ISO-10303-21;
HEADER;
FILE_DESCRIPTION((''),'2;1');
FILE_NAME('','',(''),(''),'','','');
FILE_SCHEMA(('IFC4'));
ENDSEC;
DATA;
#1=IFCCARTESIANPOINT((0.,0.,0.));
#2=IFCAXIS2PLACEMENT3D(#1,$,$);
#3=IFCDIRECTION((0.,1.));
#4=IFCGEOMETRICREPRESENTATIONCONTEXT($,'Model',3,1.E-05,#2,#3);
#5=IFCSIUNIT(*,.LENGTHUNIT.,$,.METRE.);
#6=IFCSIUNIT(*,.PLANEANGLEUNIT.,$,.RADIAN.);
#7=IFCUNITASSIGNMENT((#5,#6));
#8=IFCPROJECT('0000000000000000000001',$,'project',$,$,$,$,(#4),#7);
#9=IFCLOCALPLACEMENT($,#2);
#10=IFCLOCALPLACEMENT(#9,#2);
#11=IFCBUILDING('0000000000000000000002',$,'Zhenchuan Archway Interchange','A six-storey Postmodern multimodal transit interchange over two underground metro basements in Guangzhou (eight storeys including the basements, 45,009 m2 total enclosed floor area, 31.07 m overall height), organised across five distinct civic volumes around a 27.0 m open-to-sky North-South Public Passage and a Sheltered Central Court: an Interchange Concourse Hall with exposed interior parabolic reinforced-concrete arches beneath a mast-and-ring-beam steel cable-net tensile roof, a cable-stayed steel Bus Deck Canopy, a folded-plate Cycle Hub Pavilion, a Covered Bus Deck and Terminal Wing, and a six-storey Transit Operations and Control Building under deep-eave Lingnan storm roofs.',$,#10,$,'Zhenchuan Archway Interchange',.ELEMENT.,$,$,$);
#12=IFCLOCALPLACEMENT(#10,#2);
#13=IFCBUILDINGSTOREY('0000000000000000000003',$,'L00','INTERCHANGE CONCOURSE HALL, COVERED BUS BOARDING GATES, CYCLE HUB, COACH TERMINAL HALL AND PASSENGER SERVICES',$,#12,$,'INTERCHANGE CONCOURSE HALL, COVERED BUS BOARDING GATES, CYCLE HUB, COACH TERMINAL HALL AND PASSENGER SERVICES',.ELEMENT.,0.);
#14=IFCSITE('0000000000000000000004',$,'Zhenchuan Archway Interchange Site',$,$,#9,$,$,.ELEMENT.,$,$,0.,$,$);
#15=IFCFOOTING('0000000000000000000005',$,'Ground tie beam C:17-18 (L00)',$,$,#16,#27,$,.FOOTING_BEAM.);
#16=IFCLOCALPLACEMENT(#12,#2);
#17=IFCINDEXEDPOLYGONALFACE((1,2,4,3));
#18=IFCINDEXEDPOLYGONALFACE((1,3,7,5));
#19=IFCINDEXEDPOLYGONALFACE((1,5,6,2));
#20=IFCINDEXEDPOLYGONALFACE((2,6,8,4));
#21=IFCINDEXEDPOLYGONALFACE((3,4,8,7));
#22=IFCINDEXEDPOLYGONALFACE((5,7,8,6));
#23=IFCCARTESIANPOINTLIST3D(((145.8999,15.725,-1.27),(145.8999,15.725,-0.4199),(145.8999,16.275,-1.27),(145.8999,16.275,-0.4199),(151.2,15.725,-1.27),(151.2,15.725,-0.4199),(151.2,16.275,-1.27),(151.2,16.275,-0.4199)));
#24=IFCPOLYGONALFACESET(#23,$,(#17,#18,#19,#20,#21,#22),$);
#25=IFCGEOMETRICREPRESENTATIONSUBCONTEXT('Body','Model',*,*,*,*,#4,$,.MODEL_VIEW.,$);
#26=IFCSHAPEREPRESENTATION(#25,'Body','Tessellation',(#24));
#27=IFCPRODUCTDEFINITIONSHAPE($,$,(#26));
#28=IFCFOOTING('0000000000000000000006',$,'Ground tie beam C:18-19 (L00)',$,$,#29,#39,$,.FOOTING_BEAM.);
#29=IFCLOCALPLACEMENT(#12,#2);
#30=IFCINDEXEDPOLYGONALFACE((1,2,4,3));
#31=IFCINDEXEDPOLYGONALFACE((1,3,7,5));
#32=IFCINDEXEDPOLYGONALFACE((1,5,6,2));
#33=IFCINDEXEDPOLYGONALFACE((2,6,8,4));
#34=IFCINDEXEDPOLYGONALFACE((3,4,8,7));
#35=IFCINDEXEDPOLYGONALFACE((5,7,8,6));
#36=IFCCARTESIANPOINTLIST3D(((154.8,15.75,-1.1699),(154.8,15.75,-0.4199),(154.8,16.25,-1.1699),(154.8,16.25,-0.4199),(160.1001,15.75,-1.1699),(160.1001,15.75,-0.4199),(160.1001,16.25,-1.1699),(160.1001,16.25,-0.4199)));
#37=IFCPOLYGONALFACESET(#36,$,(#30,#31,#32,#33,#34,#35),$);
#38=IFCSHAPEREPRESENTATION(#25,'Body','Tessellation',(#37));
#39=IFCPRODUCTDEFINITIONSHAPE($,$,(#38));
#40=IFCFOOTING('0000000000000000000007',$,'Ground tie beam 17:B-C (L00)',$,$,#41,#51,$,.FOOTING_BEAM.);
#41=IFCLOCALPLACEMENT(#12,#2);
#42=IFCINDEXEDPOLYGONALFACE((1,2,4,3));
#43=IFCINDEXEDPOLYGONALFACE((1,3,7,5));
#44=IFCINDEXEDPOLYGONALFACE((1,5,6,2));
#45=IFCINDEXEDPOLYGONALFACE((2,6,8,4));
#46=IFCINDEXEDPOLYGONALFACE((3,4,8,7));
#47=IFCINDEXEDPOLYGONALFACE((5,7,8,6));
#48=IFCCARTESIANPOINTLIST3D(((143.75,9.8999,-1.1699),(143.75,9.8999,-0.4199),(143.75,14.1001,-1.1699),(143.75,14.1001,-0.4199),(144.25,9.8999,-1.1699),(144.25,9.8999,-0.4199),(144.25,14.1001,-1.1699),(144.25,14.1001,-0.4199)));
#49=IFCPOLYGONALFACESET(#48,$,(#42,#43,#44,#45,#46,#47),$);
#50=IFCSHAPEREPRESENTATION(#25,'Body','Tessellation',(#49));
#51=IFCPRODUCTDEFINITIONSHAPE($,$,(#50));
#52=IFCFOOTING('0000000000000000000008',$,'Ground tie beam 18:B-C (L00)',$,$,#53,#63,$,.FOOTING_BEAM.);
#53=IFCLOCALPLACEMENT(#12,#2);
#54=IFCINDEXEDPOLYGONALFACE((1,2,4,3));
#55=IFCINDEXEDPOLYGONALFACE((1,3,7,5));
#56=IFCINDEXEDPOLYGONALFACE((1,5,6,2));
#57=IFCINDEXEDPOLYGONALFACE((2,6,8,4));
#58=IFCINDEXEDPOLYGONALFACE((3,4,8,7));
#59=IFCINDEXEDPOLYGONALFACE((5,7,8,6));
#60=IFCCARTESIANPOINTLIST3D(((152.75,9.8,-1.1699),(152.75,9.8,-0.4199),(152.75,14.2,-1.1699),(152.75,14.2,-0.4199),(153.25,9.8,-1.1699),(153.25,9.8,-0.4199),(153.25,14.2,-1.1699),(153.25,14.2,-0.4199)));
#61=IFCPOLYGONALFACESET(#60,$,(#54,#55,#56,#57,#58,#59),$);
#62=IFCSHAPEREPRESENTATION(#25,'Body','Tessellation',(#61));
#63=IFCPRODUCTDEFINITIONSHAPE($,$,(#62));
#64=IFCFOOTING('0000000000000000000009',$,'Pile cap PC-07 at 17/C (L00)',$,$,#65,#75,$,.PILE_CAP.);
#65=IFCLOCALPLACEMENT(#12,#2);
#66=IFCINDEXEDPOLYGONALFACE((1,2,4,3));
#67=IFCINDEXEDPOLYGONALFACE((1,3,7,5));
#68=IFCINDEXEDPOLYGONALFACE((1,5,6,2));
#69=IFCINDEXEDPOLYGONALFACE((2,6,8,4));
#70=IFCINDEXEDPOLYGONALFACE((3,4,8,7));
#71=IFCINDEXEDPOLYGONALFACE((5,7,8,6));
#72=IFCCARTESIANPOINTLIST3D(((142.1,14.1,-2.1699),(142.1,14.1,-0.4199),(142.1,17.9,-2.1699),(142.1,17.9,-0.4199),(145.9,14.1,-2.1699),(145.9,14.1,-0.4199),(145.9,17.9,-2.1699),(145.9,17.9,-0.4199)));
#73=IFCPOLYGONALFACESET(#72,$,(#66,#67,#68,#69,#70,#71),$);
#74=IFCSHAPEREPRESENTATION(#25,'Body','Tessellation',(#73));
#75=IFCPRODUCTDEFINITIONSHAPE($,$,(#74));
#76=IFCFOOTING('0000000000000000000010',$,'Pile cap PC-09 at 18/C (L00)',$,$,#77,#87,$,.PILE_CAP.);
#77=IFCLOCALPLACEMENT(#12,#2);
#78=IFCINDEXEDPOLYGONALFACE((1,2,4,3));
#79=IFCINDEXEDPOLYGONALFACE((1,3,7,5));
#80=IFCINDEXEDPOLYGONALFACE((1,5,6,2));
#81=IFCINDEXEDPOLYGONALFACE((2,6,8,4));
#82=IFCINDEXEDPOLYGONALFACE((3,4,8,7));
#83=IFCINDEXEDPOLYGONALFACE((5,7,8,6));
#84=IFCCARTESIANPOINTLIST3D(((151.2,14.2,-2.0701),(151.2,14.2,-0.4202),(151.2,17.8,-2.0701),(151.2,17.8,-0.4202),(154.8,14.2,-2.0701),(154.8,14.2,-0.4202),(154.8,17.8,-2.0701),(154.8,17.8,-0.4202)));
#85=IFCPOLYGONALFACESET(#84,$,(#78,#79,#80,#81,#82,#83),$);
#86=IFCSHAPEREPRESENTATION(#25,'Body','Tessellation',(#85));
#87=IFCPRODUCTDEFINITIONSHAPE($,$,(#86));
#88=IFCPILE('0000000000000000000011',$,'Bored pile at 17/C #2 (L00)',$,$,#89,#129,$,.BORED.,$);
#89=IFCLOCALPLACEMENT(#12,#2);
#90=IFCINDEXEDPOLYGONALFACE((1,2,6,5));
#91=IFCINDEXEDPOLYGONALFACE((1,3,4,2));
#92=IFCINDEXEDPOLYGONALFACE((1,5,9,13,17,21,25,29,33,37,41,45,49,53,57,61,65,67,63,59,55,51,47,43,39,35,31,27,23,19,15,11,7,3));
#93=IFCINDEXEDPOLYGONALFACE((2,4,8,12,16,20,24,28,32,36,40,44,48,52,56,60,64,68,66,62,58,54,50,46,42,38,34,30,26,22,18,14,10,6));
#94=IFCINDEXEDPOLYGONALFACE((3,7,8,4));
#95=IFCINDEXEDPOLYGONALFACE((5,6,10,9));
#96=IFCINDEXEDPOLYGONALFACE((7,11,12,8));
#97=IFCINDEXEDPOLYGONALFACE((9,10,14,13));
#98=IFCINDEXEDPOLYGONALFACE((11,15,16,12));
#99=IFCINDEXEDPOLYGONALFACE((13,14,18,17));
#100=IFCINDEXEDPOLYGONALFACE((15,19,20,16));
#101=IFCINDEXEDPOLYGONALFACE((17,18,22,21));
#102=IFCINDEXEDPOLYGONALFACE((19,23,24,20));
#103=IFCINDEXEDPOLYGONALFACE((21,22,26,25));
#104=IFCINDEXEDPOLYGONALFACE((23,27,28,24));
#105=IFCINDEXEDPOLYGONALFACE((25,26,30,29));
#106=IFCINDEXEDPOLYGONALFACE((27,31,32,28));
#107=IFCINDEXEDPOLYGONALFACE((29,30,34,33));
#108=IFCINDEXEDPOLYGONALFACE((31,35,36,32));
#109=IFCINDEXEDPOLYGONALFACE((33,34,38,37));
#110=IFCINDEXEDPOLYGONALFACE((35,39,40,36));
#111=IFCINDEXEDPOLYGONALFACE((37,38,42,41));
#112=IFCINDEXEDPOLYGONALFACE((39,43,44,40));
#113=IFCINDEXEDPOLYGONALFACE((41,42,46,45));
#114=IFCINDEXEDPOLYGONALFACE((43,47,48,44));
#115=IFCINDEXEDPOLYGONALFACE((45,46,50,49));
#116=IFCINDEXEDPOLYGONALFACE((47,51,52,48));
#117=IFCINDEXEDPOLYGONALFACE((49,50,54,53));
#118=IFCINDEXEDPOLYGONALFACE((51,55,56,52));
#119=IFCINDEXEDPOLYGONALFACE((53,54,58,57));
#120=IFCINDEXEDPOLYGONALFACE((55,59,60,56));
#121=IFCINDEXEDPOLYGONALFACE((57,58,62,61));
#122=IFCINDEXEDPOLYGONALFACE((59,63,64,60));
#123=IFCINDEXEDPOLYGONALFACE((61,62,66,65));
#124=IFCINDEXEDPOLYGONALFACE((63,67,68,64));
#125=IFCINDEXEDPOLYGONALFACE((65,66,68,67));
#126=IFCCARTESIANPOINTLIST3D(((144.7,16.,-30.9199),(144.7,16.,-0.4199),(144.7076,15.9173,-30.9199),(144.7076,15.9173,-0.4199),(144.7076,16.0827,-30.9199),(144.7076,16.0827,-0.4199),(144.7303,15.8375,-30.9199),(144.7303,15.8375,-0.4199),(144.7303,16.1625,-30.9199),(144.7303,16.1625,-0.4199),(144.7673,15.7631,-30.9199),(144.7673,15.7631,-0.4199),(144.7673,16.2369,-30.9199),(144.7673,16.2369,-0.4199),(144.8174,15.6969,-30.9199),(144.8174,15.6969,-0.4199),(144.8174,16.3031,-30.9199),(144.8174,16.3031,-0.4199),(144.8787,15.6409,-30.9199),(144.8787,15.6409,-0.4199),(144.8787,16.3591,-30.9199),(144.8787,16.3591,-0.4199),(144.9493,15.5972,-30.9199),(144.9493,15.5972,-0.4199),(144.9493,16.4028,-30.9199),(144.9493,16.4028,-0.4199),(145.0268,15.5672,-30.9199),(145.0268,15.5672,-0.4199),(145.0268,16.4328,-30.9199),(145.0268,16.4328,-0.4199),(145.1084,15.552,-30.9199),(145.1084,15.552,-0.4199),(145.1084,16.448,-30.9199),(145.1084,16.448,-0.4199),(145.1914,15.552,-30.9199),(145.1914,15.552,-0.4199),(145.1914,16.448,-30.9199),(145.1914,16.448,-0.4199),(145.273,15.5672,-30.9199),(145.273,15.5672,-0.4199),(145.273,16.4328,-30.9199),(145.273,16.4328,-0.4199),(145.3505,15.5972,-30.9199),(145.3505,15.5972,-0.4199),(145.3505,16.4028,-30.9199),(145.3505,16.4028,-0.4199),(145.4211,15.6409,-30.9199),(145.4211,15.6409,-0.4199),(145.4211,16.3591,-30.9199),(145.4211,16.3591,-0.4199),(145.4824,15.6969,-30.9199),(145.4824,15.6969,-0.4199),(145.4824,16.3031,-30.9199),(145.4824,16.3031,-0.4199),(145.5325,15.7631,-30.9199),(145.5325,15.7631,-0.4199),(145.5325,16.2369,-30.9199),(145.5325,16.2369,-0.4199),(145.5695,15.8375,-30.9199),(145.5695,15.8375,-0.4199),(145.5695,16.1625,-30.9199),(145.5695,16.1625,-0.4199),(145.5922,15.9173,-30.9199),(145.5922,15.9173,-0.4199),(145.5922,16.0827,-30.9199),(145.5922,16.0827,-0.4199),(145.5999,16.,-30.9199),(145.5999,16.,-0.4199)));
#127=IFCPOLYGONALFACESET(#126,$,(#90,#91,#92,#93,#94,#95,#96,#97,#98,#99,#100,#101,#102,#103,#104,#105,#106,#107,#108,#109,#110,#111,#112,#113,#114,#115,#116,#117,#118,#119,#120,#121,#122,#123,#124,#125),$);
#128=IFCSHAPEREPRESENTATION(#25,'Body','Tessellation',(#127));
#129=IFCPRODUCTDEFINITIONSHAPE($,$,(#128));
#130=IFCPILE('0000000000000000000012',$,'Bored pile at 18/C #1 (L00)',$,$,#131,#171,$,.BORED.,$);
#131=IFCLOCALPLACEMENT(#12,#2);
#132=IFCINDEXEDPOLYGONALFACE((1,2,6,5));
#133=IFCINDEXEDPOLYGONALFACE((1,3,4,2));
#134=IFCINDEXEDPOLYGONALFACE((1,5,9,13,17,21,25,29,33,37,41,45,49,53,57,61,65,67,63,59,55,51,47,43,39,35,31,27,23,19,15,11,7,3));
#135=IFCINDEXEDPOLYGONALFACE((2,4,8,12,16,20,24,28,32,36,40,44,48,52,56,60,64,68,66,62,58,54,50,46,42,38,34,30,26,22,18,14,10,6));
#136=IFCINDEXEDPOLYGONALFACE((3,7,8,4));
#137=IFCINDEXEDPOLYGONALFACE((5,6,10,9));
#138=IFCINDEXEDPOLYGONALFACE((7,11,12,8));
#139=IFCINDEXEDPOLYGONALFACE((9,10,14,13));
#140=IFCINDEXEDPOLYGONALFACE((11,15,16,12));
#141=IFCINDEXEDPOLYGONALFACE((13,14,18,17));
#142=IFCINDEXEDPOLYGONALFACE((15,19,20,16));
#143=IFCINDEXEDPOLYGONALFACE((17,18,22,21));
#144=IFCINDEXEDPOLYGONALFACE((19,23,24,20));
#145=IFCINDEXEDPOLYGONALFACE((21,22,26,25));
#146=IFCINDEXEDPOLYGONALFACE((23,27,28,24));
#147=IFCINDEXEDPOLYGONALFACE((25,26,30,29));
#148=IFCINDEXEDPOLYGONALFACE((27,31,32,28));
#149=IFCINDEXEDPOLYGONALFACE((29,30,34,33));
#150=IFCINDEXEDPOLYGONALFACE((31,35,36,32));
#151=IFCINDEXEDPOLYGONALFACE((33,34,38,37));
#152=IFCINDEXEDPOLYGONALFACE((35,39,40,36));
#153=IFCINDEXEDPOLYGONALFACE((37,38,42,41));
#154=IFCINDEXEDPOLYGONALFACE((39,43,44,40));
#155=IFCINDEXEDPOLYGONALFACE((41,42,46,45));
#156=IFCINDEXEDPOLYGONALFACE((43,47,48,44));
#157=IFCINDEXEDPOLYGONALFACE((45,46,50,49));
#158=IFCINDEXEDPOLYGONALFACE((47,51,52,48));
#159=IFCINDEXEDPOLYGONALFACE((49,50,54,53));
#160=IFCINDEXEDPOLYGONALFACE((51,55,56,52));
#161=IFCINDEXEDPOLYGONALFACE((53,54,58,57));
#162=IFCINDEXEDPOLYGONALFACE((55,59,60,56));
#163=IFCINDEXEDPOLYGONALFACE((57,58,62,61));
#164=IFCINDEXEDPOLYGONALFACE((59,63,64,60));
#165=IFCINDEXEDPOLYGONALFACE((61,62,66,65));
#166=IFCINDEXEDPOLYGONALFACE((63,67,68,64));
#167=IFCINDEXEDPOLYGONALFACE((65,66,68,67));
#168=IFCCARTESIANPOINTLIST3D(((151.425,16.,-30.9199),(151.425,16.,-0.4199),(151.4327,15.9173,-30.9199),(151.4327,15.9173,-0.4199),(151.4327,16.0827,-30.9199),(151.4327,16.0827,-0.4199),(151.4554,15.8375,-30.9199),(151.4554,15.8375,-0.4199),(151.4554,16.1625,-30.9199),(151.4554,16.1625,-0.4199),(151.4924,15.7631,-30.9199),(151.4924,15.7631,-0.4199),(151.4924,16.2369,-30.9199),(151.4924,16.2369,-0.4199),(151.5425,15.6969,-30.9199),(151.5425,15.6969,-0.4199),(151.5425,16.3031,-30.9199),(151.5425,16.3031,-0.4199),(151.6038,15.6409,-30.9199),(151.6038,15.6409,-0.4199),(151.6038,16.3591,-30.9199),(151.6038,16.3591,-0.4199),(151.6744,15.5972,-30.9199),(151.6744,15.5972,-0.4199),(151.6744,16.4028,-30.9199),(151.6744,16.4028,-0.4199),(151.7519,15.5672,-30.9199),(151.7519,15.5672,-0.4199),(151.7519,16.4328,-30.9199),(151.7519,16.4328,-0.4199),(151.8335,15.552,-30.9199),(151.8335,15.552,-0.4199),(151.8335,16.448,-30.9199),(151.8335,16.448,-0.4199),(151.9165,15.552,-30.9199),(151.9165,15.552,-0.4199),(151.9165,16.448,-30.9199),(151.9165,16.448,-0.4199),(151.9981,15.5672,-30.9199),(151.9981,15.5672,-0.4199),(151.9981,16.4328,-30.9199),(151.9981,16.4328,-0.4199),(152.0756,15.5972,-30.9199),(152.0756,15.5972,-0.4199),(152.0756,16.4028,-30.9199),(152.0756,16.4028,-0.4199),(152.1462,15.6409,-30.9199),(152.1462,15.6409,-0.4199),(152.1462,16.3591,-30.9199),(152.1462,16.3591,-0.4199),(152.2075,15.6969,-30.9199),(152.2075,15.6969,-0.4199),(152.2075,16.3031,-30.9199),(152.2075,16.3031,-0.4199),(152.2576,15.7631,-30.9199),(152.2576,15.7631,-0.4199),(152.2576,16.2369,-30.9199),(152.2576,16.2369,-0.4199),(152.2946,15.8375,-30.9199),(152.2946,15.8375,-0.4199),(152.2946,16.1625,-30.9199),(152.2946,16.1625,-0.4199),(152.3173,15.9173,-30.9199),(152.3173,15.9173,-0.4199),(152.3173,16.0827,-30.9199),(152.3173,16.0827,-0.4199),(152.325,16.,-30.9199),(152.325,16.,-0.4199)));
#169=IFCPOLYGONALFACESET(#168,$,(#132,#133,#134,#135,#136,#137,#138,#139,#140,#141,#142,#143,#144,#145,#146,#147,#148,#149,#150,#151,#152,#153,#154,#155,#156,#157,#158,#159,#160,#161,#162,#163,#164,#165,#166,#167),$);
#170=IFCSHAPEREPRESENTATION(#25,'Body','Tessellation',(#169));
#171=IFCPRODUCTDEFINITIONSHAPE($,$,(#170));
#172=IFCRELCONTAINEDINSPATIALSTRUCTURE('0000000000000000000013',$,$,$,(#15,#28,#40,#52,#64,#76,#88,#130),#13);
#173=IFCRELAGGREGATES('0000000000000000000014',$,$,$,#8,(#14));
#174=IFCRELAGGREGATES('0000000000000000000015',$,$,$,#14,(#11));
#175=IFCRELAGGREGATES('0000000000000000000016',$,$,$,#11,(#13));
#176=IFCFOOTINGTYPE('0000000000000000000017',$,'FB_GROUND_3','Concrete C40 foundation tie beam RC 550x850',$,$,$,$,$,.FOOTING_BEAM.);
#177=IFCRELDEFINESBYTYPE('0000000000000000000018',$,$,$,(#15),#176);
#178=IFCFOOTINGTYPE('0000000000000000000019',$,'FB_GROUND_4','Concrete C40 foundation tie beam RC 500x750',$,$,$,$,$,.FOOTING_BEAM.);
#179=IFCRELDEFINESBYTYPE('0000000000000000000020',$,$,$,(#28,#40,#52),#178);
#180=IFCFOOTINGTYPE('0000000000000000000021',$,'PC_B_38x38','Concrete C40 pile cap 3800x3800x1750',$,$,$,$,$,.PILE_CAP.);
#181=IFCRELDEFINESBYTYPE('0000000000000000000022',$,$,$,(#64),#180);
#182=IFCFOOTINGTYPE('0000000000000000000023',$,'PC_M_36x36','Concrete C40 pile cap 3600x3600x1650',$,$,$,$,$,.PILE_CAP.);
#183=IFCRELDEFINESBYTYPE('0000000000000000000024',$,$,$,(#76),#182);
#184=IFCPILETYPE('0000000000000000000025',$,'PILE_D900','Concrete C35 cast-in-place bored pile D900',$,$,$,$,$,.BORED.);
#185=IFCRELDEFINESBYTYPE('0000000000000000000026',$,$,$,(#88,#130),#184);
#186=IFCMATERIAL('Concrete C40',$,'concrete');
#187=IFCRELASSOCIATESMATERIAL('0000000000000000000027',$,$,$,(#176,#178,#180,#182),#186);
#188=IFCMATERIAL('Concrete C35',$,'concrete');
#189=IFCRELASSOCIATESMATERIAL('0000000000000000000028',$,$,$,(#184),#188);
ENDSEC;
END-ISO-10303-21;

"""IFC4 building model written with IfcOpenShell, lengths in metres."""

from ifc_helpers import new_model, si_unit, direction, frame, origin, origin_2d, place, context, subcontext, project, spatial, rectangle, circle, extrude, material, material_profile, profile_set, type_object, element, save


model = new_model("IFC4")

# Units and contexts
model_context = context("Model", 3, precision=1e-05, world=origin(), true_north=direction((0.0, 1.0)))
body_context = subcontext(model_context, "Body", "Model", "MODEL_VIEW")
ifc_project = project(units=[si_unit("LENGTHUNIT", "METRE"), si_unit("PLANEANGLEUNIT", "RADIAN")], contexts=[model_context])

# Site, building, storey
site_placement = place(None, origin())
site = spatial("IfcSite", under=ifc_project, at=site_placement, Name="Zhenchuan Archway Interchange Site", CompositionType="ELEMENT", RefElevation=0.0)
building_placement = place(site_placement, origin())
building = spatial("IfcBuilding", under=site, at=building_placement, Name="Zhenchuan Archway Interchange", Description="A six-storey Postmodern multimodal transit interchange over two underground metro basements in Guangzhou (eight storeys including the basements, 45,009 m2 total enclosed floor area, 31.07 m overall height), organised across five distinct civic volumes around a 27.0 m open-to-sky North-South Public Passage and a Sheltered Central Court: an Interchange Concourse Hall with exposed interior parabolic reinforced-concrete arches beneath a mast-and-ring-beam steel cable-net tensile roof, a cable-stayed steel Bus Deck Canopy, a folded-plate Cycle Hub Pavilion, a Covered Bus Deck and Terminal Wing, and a six-storey Transit Operations and Control Building under deep-eave Lingnan storm roofs.", LongName="Zhenchuan Archway Interchange", CompositionType="ELEMENT")
storey_placement = place(building_placement, origin())
storey = spatial("IfcBuildingStorey", under=building, at=storey_placement, Name="L00", Description="INTERCHANGE CONCOURSE HALL, COVERED BUS BOARDING GATES, CYCLE HUB, COACH TERMINAL HALL AND PASSENGER SERVICES", LongName="INTERCHANGE CONCOURSE HALL, COVERED BUS BOARDING GATES, CYCLE HUB, COACH TERMINAL HALL AND PASSENGER SERVICES", CompositionType="ELEMENT", Elevation=0.0)

# Footings
ifc_material_1 = material(Name="Concrete C40", Category="concrete")
ifc_material_profile_1 = material_profile(ifc_material_1, rectangle(XDim=0.55, YDim=0.8501, at=origin_2d()), Name="RC 550x850")
ifc_profile_set_1 = profile_set([ifc_material_profile_1], Name="Concrete C40")
footing_type_1 = type_object("IfcFootingType", Name="FB_GROUND_3", Description="Concrete C40 foundation tie beam RC 550x850", PredefinedType="FOOTING_BEAM", material=ifc_profile_set_1)
footing_1_placement = place(storey_placement, frame((145.8999, 16.0, -0.845), z_axis=(1.0, 0.0, 0.0), x_axis=(0.0, 1.0, 0.0)))
element("IfcFooting", 1, at=footing_1_placement, inside=storey, type_object=footing_type_1, Name="Ground tie beam C:17-18 (L00)", PredefinedType="FOOTING_BEAM", context=body_context, shape_type="SweptSolid", body=[
    extrude(rectangle(XDim=0.55, YDim=0.8501, at=origin_2d()), origin(), (0.0, 0.0, 1.0), 5.3),
])
ifc_material_profile_2 = material_profile(ifc_material_1, rectangle(XDim=0.5, YDim=0.75, at=origin_2d()), Name="RC 500x750")
ifc_profile_set_2 = profile_set([ifc_material_profile_2], Name="Concrete C40")
footing_type_2 = type_object("IfcFootingType", Name="FB_GROUND_4", Description="Concrete C40 foundation tie beam RC 500x750", PredefinedType="FOOTING_BEAM", material=ifc_profile_set_2)
footing_2_placement = place(storey_placement, frame((154.8, 16.0, -0.7949), z_axis=(1.0, 0.0, 0.0), x_axis=(0.0, 1.0, 0.0)))
element("IfcFooting", 2, at=footing_2_placement, inside=storey, type_object=footing_type_2, Name="Ground tie beam C:18-19 (L00)", PredefinedType="FOOTING_BEAM", context=body_context, shape_type="SweptSolid", body=[
    extrude(rectangle(XDim=0.5, YDim=0.75, at=origin_2d()), origin(), (0.0, 0.0, 1.0), 5.3),
])
footing_3_placement = place(storey_placement, frame((144.0, 9.8999, -0.7949), z_axis=(0.0, 1.0, 0.0), x_axis=(-1.0, 0.0, 0.0)))
element("IfcFooting", 3, at=footing_3_placement, inside=storey, type_object=footing_type_2, Name="Ground tie beam 17:B-C (L00)", PredefinedType="FOOTING_BEAM", context=body_context, shape_type="SweptSolid", body=[
    extrude(rectangle(XDim=0.5, YDim=0.75, at=origin_2d()), origin(), (0.0, 0.0, 1.0), 4.2002),
])
footing_4_placement = place(storey_placement, frame((153.0, 9.8, -0.7949), z_axis=(0.0, 1.0, 0.0), x_axis=(-1.0, 0.0, 0.0)))
element("IfcFooting", 4, at=footing_4_placement, inside=storey, type_object=footing_type_2, Name="Ground tie beam 18:B-C (L00)", PredefinedType="FOOTING_BEAM", context=body_context, shape_type="SweptSolid", body=[
    extrude(rectangle(XDim=0.5, YDim=0.75, at=origin_2d()), origin(), (0.0, 0.0, 1.0), 4.3999),
])
footing_type_3 = type_object("IfcFootingType", Name="PC_B_38x38", Description="Concrete C40 pile cap 3800x3800x1750", PredefinedType="PILE_CAP", material=ifc_material_1)
footing_5_placement = place(storey_placement, frame((144.0, 16.0, -2.1699), z_axis=(0.0, 0.0, 1.0), x_axis=(1.0, 0.0, 0.0)))
element("IfcFooting", 5, at=footing_5_placement, inside=storey, type_object=footing_type_3, Name="Pile cap PC-07 at 17/C (L00)", PredefinedType="PILE_CAP", context=body_context, shape_type="SweptSolid", body=[
    extrude(rectangle(XDim=3.8, YDim=3.8, at=origin_2d()), origin(), (0.0, 0.0, 1.0), 1.75),
])
footing_type_4 = type_object("IfcFootingType", Name="PC_M_36x36", Description="Concrete C40 pile cap 3600x3600x1650", PredefinedType="PILE_CAP", material=ifc_material_1)
footing_6_placement = place(storey_placement, frame((153.0, 16.0, -2.0701), z_axis=(0.0, 0.0, 1.0), x_axis=(1.0, 0.0, 0.0)))
element("IfcFooting", 6, at=footing_6_placement, inside=storey, type_object=footing_type_4, Name="Pile cap PC-09 at 18/C (L00)", PredefinedType="PILE_CAP", context=body_context, shape_type="SweptSolid", body=[
    extrude(rectangle(XDim=3.6001, YDim=3.6001, at=origin_2d()), origin(), (0.0, 0.0, 1.0), 1.6499),
])

# Piles
ifc_material_2 = material(Name="Concrete C35", Category="concrete")
ifc_material_profile_3 = material_profile(ifc_material_2, circle(Radius=0.45, at=origin_2d()), Name="BORED PILE 900")
ifc_profile_set_3 = profile_set([ifc_material_profile_3], Name="Concrete C35")
pile_type = type_object("IfcPileType", Name="PILE_D900", Description="Concrete C35 cast-in-place bored pile D900", PredefinedType="BORED", material=ifc_profile_set_3)
for number, where, z_axis, x_axis, name in (
    (7, (145.1499, 16.0, -0.4199), (0.0, 0.0, -1.0), (1.0, 0.0, 0.0), "Bored pile at 17/C #2 (L00)"),
    (8, (151.875, 16.0, -0.4199), (0.0, 0.0, -1.0), (1.0, 0.0, 0.0), "Bored pile at 18/C #1 (L00)"),
):
    element("IfcPile", number, at=place(storey_placement, frame(where, z_axis=z_axis, x_axis=x_axis)), inside=storey, type_object=pile_type, Name=name, PredefinedType="BORED", context=body_context, shape_type="SweptSolid", body=[
        extrude(circle(Radius=0.45, at=origin_2d()), origin(), (0.0, 0.0, 1.0), 30.5),
    ])

save(model, "model.ifc")
